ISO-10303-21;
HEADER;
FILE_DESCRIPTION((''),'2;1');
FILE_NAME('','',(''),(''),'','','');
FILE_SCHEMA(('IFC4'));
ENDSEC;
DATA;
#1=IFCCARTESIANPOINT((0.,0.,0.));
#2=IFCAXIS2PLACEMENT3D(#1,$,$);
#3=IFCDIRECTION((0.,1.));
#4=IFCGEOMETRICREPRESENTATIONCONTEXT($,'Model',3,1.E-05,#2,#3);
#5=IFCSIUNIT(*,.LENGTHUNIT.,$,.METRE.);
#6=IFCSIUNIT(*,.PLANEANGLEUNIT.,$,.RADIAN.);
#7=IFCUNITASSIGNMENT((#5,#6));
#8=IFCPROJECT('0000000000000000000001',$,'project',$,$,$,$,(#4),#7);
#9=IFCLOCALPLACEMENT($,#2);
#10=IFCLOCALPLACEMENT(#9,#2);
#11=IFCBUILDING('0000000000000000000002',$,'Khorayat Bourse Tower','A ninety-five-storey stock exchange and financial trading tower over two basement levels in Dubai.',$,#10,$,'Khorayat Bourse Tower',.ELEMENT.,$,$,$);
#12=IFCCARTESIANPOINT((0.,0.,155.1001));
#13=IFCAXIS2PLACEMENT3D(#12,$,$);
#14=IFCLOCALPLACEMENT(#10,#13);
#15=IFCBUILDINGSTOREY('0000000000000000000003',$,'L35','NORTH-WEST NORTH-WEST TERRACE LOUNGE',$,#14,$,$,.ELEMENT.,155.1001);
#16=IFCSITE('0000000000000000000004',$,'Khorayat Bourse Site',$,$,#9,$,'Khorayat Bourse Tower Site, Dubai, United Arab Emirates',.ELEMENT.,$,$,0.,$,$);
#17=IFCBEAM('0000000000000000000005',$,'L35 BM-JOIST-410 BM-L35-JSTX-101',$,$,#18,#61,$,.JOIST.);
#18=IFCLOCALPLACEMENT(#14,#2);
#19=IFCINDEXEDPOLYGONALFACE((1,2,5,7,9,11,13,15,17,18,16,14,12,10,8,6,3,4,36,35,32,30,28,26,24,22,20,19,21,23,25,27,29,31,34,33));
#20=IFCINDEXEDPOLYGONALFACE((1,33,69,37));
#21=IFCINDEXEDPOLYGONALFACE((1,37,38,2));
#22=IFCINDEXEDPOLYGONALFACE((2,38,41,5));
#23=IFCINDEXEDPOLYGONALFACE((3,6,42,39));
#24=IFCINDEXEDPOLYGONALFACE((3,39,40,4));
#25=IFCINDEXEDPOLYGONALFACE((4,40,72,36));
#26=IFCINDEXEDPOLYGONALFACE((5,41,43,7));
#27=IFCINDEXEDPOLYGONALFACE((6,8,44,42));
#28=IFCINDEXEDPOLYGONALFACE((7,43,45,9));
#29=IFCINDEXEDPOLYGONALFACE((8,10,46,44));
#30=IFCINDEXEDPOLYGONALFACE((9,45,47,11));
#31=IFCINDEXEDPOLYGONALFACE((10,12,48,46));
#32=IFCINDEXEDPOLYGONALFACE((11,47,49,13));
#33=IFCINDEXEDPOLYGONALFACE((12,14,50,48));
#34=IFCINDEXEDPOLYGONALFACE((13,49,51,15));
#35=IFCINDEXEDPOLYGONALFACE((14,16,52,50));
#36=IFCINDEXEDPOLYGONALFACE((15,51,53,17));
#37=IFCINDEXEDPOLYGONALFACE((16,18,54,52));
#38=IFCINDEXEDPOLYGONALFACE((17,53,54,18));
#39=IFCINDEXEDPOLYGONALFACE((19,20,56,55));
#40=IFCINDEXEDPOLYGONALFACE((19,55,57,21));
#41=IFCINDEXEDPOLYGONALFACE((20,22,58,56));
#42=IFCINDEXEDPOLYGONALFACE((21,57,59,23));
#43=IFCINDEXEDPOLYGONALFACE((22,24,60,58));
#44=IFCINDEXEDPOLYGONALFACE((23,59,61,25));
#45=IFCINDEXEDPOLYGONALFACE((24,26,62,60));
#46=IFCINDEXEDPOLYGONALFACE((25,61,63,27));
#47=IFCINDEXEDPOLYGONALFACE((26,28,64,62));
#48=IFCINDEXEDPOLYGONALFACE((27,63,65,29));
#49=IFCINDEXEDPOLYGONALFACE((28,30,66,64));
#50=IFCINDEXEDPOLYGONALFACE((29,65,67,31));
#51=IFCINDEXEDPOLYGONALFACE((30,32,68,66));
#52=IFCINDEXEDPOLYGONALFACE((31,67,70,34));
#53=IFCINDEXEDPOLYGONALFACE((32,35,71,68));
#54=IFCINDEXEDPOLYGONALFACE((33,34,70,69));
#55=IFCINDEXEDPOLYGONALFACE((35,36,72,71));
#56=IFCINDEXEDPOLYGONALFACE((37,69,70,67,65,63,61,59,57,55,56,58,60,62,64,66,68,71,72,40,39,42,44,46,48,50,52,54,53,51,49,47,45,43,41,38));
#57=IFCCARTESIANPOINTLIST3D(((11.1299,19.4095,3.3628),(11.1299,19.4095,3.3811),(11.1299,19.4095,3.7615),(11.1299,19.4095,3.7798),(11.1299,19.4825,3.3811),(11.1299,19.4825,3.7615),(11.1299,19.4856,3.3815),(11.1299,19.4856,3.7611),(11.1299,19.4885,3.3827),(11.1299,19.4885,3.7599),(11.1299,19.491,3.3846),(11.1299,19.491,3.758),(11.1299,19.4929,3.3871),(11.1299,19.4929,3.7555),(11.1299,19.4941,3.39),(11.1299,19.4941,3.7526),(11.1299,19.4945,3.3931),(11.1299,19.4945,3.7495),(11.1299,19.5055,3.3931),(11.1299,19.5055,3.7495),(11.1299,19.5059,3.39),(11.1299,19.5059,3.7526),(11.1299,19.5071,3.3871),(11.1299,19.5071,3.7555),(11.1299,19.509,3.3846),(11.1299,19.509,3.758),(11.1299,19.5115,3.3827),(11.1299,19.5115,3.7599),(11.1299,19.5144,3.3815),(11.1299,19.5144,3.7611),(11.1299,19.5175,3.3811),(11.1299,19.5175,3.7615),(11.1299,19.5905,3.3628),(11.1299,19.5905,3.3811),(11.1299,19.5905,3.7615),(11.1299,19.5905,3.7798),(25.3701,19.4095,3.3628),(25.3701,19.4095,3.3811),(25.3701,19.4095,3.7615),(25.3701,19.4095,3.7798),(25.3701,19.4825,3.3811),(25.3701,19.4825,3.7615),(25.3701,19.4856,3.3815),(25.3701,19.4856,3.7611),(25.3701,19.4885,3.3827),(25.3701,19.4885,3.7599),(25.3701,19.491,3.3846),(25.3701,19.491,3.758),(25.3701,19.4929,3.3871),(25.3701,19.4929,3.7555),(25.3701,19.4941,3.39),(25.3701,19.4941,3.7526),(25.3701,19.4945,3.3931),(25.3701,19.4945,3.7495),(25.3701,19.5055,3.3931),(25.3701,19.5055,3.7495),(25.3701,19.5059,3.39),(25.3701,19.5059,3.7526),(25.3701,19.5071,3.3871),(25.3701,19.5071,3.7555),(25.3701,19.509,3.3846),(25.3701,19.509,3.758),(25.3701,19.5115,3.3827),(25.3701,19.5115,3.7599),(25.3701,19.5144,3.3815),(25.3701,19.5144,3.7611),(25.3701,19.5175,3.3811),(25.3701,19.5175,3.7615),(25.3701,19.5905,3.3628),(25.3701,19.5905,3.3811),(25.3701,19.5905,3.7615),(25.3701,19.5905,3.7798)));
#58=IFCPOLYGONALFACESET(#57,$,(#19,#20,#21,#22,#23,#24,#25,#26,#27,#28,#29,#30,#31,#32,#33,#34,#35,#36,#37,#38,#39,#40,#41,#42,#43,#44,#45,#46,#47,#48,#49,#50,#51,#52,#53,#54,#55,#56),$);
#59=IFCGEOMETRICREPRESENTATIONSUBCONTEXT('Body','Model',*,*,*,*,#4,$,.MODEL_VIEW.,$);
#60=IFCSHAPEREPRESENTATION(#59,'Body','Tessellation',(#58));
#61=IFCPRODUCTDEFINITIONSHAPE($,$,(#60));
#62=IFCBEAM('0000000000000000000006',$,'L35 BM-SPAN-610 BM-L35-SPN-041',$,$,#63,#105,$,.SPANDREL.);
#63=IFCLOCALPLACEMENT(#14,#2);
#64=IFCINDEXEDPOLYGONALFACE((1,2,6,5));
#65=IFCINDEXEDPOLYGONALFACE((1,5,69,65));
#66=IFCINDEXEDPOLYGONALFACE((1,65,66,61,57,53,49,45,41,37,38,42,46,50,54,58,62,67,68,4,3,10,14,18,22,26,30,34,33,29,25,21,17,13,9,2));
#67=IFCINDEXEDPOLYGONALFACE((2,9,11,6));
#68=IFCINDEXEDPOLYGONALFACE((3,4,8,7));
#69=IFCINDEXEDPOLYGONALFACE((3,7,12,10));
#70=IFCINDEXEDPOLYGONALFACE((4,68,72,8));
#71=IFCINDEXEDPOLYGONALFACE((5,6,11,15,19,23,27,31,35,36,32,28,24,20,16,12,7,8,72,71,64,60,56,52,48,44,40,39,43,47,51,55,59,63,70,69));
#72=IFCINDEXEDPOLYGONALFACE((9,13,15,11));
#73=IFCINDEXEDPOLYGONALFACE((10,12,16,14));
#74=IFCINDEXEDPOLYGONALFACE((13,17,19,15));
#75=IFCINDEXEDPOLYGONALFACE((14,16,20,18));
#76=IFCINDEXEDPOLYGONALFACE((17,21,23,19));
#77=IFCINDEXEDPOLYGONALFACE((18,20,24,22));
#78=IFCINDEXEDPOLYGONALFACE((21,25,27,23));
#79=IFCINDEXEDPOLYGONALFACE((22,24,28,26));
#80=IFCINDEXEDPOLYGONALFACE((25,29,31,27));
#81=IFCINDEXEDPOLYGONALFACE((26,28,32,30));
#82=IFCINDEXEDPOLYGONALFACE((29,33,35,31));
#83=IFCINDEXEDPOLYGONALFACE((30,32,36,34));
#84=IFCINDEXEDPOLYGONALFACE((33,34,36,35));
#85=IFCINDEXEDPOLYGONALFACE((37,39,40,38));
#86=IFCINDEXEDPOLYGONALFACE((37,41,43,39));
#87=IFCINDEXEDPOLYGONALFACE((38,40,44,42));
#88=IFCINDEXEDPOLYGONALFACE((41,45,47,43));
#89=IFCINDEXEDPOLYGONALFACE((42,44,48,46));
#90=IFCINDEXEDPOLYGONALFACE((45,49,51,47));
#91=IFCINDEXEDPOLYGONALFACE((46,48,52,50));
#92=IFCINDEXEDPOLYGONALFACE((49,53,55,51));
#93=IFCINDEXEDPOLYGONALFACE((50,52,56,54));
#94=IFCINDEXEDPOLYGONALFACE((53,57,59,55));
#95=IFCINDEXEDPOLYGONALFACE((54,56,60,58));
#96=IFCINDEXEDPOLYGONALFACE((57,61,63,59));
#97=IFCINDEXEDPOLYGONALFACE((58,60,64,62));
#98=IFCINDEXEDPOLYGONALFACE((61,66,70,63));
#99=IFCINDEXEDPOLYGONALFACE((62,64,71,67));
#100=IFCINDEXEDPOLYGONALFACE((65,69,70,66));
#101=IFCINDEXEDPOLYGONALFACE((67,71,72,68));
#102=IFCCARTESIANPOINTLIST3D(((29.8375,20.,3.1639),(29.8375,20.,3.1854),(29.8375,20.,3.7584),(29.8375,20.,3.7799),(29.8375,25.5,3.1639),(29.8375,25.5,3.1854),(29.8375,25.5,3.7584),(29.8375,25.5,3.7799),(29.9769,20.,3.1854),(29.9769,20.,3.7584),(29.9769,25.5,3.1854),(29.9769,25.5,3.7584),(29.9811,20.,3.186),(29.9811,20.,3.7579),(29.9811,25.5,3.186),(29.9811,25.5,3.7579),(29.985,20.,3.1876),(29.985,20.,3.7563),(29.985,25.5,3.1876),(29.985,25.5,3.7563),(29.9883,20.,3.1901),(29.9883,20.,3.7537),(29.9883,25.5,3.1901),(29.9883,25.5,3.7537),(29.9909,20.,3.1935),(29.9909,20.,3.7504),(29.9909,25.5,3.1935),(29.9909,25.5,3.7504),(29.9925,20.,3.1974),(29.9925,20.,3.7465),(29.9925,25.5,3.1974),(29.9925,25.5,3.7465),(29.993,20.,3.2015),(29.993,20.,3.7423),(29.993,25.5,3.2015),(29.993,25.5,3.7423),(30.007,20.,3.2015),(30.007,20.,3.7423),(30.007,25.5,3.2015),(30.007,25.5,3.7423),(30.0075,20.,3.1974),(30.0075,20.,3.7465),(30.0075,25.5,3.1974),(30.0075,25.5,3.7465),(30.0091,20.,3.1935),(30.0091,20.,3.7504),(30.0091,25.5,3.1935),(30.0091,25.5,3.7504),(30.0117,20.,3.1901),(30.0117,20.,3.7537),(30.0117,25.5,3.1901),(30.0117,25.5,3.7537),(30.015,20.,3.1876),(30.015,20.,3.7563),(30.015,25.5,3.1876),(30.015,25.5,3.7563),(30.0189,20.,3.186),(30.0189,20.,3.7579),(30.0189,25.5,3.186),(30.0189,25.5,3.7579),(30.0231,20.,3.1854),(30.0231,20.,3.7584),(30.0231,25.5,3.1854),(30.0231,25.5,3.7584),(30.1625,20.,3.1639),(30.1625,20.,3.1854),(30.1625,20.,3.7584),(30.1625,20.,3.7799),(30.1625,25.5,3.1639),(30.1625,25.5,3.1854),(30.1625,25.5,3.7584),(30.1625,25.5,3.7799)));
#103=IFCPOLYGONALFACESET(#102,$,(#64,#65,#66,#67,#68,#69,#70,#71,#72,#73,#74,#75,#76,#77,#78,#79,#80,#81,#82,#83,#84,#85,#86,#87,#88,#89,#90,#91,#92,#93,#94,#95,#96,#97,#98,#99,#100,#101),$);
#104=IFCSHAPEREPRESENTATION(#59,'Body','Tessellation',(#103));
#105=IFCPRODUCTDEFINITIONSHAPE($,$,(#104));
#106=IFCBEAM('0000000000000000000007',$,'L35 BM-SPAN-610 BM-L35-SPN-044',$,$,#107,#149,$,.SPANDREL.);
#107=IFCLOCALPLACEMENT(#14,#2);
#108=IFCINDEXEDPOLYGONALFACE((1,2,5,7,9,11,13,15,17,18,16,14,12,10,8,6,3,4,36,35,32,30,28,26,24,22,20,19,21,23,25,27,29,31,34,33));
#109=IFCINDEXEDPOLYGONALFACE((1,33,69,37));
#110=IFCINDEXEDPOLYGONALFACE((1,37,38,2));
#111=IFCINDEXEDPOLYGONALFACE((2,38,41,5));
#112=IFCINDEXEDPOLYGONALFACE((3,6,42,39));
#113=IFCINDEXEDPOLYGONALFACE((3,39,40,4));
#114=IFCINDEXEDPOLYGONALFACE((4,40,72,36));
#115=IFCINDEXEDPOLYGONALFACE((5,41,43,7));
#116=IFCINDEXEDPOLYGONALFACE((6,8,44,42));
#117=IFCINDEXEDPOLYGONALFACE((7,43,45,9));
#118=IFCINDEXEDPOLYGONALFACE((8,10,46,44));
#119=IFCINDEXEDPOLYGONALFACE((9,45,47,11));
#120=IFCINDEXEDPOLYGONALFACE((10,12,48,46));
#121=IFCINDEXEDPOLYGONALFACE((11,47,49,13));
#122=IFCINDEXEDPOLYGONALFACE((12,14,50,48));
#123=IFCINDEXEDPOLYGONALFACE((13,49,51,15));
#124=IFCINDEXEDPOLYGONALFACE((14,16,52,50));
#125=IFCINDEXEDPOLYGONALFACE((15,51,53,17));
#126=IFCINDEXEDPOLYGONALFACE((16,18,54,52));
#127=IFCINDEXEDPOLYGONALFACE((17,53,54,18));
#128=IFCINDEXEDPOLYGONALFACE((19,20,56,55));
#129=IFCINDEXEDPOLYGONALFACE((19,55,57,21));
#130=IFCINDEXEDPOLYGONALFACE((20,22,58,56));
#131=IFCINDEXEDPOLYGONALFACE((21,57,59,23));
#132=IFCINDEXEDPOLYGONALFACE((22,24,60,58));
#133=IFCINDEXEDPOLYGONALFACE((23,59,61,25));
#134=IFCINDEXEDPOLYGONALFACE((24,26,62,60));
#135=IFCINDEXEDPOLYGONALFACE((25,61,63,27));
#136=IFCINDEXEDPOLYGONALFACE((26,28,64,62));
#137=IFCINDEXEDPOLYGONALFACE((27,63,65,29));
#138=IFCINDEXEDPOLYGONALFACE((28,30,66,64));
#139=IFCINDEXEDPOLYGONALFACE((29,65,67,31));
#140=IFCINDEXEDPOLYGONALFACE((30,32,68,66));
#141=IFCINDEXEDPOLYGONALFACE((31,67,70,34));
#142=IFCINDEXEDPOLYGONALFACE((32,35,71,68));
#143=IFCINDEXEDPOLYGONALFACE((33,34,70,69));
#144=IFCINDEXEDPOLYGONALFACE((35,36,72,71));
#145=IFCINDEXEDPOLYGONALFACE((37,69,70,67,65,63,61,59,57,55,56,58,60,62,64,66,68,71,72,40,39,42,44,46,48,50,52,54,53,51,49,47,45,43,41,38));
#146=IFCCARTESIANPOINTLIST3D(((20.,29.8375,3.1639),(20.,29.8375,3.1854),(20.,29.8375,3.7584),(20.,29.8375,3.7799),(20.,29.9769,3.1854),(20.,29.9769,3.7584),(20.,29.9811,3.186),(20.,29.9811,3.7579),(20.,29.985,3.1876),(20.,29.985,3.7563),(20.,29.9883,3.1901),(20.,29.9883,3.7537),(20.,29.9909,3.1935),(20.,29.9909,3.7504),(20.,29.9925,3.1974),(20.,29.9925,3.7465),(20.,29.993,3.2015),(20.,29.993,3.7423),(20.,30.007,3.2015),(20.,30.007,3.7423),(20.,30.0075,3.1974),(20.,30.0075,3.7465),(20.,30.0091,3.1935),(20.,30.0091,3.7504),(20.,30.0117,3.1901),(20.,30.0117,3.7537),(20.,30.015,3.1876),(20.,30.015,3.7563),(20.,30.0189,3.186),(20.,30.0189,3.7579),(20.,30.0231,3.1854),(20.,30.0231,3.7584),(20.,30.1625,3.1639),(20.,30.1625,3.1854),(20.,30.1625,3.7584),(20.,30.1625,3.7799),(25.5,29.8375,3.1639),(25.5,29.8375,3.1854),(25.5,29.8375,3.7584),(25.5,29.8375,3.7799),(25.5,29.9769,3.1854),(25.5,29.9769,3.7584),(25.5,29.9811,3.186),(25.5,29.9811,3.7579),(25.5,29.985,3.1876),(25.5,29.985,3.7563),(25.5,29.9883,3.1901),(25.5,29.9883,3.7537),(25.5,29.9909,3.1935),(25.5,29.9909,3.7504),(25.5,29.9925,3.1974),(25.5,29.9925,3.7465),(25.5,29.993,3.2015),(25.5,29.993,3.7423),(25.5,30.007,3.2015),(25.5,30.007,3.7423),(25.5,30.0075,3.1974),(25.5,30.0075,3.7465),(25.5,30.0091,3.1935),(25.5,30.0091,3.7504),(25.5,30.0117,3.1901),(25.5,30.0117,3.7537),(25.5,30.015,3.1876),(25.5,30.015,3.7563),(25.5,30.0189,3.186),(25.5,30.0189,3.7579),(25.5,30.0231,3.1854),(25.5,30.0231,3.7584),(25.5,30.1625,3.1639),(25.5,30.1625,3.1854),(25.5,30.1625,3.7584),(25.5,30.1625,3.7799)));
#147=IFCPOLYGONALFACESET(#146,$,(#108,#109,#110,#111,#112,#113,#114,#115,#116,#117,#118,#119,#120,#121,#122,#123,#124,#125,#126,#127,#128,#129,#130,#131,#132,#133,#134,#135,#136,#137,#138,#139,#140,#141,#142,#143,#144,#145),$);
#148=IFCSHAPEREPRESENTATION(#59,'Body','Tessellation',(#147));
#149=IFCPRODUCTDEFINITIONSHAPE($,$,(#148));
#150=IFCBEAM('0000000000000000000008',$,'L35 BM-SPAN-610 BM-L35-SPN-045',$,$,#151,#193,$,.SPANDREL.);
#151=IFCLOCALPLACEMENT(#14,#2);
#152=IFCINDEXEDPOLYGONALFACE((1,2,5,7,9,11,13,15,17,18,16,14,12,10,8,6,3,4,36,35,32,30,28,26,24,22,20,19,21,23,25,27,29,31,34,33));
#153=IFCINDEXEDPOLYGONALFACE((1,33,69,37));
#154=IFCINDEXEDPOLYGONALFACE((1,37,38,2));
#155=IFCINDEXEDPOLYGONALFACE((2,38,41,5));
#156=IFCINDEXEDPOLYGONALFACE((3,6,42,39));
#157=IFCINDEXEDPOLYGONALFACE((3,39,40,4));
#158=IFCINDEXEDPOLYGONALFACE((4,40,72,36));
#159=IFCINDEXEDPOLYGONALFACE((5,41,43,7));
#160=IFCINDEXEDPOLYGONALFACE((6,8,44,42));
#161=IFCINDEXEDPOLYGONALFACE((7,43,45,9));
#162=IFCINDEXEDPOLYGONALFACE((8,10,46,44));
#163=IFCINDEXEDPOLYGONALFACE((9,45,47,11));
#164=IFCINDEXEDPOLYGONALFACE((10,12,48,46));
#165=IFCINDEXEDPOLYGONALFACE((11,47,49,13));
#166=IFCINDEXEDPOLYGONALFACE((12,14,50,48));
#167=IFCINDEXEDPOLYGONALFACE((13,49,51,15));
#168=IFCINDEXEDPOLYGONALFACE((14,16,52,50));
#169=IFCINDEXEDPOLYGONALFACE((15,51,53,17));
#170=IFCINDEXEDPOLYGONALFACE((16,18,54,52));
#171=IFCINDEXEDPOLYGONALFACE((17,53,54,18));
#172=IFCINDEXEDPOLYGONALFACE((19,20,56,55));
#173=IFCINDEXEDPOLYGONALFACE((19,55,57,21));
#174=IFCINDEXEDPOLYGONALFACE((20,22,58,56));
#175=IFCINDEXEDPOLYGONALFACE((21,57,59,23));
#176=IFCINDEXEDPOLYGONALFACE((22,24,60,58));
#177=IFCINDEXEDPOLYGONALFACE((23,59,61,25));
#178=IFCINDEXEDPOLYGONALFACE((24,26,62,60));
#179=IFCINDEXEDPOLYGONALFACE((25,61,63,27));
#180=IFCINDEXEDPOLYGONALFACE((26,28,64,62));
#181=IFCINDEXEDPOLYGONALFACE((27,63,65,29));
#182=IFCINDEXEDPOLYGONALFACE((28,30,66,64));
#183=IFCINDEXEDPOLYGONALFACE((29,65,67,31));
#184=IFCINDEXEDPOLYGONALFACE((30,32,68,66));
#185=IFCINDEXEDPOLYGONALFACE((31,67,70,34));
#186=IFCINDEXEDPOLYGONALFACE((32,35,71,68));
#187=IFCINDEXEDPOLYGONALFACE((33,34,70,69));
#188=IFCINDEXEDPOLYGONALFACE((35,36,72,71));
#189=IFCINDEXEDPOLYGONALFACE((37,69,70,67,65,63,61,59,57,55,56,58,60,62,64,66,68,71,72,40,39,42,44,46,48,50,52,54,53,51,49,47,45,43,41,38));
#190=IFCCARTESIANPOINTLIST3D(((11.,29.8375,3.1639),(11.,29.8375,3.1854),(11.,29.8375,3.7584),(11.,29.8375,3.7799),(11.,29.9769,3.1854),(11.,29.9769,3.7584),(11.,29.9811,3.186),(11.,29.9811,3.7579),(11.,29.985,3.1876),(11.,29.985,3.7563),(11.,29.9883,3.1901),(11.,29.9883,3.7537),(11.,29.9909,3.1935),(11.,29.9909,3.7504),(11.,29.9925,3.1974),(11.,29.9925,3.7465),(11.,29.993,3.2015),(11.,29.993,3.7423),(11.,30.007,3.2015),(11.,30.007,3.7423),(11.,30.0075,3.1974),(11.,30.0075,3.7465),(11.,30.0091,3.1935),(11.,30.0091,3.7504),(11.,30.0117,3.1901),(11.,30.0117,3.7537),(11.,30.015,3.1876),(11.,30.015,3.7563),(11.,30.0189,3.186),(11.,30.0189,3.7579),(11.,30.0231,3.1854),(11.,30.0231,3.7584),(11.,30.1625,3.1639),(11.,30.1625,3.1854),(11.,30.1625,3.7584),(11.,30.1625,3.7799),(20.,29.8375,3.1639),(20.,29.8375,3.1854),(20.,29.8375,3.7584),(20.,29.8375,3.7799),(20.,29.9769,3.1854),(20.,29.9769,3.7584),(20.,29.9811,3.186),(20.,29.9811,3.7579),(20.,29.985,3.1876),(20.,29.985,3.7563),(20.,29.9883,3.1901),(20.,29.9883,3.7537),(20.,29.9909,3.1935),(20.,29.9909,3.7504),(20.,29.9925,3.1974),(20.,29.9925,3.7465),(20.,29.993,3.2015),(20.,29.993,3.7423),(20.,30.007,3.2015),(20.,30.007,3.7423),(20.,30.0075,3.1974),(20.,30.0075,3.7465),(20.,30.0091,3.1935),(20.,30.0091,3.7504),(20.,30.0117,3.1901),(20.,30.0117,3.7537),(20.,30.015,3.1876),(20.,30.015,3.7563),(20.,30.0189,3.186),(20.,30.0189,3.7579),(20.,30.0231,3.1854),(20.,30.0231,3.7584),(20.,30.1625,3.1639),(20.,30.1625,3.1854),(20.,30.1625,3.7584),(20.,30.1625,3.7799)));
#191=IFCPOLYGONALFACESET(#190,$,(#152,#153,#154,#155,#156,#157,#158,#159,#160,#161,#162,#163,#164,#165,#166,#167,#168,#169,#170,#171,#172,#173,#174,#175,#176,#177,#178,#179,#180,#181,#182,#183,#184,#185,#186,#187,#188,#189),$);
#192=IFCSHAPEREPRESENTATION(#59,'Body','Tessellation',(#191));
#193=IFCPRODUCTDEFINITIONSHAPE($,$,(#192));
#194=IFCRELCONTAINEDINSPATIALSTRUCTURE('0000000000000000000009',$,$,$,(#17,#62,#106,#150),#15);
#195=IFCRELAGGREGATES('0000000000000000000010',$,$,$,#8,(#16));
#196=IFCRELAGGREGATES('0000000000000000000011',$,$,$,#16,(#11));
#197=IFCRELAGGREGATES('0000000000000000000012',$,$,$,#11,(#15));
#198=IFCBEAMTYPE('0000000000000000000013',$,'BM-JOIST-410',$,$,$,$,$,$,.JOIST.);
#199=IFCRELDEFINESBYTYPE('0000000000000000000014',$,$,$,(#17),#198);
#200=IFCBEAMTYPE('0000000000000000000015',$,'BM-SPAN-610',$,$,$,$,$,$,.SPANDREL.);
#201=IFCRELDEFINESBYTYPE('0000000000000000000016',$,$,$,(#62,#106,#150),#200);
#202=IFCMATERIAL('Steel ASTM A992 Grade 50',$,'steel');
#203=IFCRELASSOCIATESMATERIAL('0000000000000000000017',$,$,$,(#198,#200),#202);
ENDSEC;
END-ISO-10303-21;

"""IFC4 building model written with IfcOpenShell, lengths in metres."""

from ifc_helpers import new_model, si_unit, direction, frame, origin, origin_2d, place, context, subcontext, project, spatial, i_section, extrude, source, transform, mapped, material, material_profile, profile_set, type_object, element, save


model = new_model("IFC4")

# Units and contexts
model_context = context("Model", 3, precision=1e-05, world=origin(), true_north=direction((0.0, 1.0)))
body_context = subcontext(model_context, "Body", "Model", "MODEL_VIEW")
ifc_project = project(units=[si_unit("LENGTHUNIT", "METRE"), si_unit("PLANEANGLEUNIT", "RADIAN")], contexts=[model_context])

# Site, building, storey
site_placement = place(None, origin())
site = spatial("IfcSite", under=ifc_project, at=site_placement, Name="Khorayat Bourse Site", LongName="Khorayat Bourse Tower Site, Dubai, United Arab Emirates", CompositionType="ELEMENT", RefElevation=0.0)
building_placement = place(site_placement, origin())
building = spatial("IfcBuilding", under=site, at=building_placement, Name="Khorayat Bourse Tower", Description="A ninety-five-storey stock exchange and financial trading tower over two basement levels in Dubai.", LongName="Khorayat Bourse Tower", CompositionType="ELEMENT")
storey_placement = place(building_placement, frame((0.0, 0.0, 155.1001)))
storey = spatial("IfcBuildingStorey", under=building, at=storey_placement, Name="L35", Description="NORTH-WEST NORTH-WEST TERRACE LOUNGE", CompositionType="ELEMENT", Elevation=155.1001)

# Beams
ifc_material_1 = material(Name="Steel ASTM A992 Grade 50", Category="steel")
ifc_material_profile_1 = material_profile(ifc_material_1, i_section(OverallWidth=0.1809, OverallDepth=0.417, WebThickness=0.011, FlangeThickness=0.0183, FilletRadius=0.012, at=origin_2d()), Name="W410X85")
ifc_profile_set_1 = profile_set([ifc_material_profile_1], Name="Steel ASTM A992 Grade 50")
beam_type_1 = type_object("IfcBeamType", Name="BM-JOIST-410", PredefinedType="JOIST", material=ifc_profile_set_1)
shared_shape_1 = source(origin(), body_context, "Body", "SweptSolid", [
    extrude(i_section(OverallWidth=0.1809, OverallDepth=0.417, WebThickness=0.011, FlangeThickness=0.0183, FilletRadius=0.012, at=origin_2d()), origin(), (0.0, 0.0, 1.0), 14.2402),
])
beam_1_placement = place(storey_placement, frame((11.1299, 19.5, 3.5713), z_axis=(1.0, 0.0, 0.0), x_axis=(0.0, 1.0, 0.0)))
element("IfcBeam", 1, at=beam_1_placement, inside=storey, type_object=beam_type_1, Name="L35 BM-JOIST-410 BM-L35-JSTX-101", PredefinedType="JOIST", context=body_context, shape_type="MappedRepresentation", body=[
    mapped(shared_shape_1, transform((0.0, 0.0, 0.0), scale=1.0)),
])
ifc_material_profile_2 = material_profile(ifc_material_1, i_section(OverallWidth=0.325, OverallDepth=0.616, WebThickness=0.0139, FlangeThickness=0.0215, FilletRadius=0.0161, at=origin_2d()), Name="W610X174")
ifc_profile_set_2 = profile_set([ifc_material_profile_2], Name="Steel ASTM A992 Grade 50")
beam_type_2 = type_object("IfcBeamType", Name="BM-SPAN-610", PredefinedType="SPANDREL", material=ifc_profile_set_2)
shared_shape_2 = source(origin(), body_context, "Body", "SweptSolid", [
    extrude(i_section(OverallWidth=0.325, OverallDepth=0.616, WebThickness=0.0139, FlangeThickness=0.0215, FilletRadius=0.0161, at=origin_2d()), origin(), (0.0, 0.0, 1.0), 5.5),
])
for number, where, z_axis, x_axis, name in (
    (2, (30.0, 20.0, 3.4719), (0.0, 1.0, 0.0), (-1.0, 0.0, 0.0), "L35 BM-SPAN-610 BM-L35-SPN-041"),
    (3, (20.0, 30.0, 3.4719), (1.0, 0.0, 0.0), (0.0, 1.0, 0.0), "L35 BM-SPAN-610 BM-L35-SPN-044"),
):
    element("IfcBeam", number, at=place(storey_placement, frame(where, z_axis=z_axis, x_axis=x_axis)), inside=storey, type_object=beam_type_2, Name=name, PredefinedType="SPANDREL", context=body_context, shape_type="MappedRepresentation", body=[
        mapped(shared_shape_2, transform((0.0, 0.0, 0.0), scale=1.0)),
    ])
shared_shape_3 = source(origin(), body_context, "Body", "SweptSolid", [
    extrude(i_section(OverallWidth=0.325, OverallDepth=0.616, WebThickness=0.0139, FlangeThickness=0.0215, FilletRadius=0.0161, at=origin_2d()), origin(), (0.0, 0.0, 1.0), 9.0),
])
beam_2_placement = place(storey_placement, frame((11.0, 30.0, 3.4719), z_axis=(1.0, 0.0, 0.0), x_axis=(0.0, 1.0, 0.0)))
element("IfcBeam", 4, at=beam_2_placement, inside=storey, type_object=beam_type_2, Name="L35 BM-SPAN-610 BM-L35-SPN-045", PredefinedType="SPANDREL", context=body_context, shape_type="MappedRepresentation", body=[
    mapped(shared_shape_3, transform((0.0, 0.0, 0.0), scale=1.0)),
])

save(model, "model.ifc")
